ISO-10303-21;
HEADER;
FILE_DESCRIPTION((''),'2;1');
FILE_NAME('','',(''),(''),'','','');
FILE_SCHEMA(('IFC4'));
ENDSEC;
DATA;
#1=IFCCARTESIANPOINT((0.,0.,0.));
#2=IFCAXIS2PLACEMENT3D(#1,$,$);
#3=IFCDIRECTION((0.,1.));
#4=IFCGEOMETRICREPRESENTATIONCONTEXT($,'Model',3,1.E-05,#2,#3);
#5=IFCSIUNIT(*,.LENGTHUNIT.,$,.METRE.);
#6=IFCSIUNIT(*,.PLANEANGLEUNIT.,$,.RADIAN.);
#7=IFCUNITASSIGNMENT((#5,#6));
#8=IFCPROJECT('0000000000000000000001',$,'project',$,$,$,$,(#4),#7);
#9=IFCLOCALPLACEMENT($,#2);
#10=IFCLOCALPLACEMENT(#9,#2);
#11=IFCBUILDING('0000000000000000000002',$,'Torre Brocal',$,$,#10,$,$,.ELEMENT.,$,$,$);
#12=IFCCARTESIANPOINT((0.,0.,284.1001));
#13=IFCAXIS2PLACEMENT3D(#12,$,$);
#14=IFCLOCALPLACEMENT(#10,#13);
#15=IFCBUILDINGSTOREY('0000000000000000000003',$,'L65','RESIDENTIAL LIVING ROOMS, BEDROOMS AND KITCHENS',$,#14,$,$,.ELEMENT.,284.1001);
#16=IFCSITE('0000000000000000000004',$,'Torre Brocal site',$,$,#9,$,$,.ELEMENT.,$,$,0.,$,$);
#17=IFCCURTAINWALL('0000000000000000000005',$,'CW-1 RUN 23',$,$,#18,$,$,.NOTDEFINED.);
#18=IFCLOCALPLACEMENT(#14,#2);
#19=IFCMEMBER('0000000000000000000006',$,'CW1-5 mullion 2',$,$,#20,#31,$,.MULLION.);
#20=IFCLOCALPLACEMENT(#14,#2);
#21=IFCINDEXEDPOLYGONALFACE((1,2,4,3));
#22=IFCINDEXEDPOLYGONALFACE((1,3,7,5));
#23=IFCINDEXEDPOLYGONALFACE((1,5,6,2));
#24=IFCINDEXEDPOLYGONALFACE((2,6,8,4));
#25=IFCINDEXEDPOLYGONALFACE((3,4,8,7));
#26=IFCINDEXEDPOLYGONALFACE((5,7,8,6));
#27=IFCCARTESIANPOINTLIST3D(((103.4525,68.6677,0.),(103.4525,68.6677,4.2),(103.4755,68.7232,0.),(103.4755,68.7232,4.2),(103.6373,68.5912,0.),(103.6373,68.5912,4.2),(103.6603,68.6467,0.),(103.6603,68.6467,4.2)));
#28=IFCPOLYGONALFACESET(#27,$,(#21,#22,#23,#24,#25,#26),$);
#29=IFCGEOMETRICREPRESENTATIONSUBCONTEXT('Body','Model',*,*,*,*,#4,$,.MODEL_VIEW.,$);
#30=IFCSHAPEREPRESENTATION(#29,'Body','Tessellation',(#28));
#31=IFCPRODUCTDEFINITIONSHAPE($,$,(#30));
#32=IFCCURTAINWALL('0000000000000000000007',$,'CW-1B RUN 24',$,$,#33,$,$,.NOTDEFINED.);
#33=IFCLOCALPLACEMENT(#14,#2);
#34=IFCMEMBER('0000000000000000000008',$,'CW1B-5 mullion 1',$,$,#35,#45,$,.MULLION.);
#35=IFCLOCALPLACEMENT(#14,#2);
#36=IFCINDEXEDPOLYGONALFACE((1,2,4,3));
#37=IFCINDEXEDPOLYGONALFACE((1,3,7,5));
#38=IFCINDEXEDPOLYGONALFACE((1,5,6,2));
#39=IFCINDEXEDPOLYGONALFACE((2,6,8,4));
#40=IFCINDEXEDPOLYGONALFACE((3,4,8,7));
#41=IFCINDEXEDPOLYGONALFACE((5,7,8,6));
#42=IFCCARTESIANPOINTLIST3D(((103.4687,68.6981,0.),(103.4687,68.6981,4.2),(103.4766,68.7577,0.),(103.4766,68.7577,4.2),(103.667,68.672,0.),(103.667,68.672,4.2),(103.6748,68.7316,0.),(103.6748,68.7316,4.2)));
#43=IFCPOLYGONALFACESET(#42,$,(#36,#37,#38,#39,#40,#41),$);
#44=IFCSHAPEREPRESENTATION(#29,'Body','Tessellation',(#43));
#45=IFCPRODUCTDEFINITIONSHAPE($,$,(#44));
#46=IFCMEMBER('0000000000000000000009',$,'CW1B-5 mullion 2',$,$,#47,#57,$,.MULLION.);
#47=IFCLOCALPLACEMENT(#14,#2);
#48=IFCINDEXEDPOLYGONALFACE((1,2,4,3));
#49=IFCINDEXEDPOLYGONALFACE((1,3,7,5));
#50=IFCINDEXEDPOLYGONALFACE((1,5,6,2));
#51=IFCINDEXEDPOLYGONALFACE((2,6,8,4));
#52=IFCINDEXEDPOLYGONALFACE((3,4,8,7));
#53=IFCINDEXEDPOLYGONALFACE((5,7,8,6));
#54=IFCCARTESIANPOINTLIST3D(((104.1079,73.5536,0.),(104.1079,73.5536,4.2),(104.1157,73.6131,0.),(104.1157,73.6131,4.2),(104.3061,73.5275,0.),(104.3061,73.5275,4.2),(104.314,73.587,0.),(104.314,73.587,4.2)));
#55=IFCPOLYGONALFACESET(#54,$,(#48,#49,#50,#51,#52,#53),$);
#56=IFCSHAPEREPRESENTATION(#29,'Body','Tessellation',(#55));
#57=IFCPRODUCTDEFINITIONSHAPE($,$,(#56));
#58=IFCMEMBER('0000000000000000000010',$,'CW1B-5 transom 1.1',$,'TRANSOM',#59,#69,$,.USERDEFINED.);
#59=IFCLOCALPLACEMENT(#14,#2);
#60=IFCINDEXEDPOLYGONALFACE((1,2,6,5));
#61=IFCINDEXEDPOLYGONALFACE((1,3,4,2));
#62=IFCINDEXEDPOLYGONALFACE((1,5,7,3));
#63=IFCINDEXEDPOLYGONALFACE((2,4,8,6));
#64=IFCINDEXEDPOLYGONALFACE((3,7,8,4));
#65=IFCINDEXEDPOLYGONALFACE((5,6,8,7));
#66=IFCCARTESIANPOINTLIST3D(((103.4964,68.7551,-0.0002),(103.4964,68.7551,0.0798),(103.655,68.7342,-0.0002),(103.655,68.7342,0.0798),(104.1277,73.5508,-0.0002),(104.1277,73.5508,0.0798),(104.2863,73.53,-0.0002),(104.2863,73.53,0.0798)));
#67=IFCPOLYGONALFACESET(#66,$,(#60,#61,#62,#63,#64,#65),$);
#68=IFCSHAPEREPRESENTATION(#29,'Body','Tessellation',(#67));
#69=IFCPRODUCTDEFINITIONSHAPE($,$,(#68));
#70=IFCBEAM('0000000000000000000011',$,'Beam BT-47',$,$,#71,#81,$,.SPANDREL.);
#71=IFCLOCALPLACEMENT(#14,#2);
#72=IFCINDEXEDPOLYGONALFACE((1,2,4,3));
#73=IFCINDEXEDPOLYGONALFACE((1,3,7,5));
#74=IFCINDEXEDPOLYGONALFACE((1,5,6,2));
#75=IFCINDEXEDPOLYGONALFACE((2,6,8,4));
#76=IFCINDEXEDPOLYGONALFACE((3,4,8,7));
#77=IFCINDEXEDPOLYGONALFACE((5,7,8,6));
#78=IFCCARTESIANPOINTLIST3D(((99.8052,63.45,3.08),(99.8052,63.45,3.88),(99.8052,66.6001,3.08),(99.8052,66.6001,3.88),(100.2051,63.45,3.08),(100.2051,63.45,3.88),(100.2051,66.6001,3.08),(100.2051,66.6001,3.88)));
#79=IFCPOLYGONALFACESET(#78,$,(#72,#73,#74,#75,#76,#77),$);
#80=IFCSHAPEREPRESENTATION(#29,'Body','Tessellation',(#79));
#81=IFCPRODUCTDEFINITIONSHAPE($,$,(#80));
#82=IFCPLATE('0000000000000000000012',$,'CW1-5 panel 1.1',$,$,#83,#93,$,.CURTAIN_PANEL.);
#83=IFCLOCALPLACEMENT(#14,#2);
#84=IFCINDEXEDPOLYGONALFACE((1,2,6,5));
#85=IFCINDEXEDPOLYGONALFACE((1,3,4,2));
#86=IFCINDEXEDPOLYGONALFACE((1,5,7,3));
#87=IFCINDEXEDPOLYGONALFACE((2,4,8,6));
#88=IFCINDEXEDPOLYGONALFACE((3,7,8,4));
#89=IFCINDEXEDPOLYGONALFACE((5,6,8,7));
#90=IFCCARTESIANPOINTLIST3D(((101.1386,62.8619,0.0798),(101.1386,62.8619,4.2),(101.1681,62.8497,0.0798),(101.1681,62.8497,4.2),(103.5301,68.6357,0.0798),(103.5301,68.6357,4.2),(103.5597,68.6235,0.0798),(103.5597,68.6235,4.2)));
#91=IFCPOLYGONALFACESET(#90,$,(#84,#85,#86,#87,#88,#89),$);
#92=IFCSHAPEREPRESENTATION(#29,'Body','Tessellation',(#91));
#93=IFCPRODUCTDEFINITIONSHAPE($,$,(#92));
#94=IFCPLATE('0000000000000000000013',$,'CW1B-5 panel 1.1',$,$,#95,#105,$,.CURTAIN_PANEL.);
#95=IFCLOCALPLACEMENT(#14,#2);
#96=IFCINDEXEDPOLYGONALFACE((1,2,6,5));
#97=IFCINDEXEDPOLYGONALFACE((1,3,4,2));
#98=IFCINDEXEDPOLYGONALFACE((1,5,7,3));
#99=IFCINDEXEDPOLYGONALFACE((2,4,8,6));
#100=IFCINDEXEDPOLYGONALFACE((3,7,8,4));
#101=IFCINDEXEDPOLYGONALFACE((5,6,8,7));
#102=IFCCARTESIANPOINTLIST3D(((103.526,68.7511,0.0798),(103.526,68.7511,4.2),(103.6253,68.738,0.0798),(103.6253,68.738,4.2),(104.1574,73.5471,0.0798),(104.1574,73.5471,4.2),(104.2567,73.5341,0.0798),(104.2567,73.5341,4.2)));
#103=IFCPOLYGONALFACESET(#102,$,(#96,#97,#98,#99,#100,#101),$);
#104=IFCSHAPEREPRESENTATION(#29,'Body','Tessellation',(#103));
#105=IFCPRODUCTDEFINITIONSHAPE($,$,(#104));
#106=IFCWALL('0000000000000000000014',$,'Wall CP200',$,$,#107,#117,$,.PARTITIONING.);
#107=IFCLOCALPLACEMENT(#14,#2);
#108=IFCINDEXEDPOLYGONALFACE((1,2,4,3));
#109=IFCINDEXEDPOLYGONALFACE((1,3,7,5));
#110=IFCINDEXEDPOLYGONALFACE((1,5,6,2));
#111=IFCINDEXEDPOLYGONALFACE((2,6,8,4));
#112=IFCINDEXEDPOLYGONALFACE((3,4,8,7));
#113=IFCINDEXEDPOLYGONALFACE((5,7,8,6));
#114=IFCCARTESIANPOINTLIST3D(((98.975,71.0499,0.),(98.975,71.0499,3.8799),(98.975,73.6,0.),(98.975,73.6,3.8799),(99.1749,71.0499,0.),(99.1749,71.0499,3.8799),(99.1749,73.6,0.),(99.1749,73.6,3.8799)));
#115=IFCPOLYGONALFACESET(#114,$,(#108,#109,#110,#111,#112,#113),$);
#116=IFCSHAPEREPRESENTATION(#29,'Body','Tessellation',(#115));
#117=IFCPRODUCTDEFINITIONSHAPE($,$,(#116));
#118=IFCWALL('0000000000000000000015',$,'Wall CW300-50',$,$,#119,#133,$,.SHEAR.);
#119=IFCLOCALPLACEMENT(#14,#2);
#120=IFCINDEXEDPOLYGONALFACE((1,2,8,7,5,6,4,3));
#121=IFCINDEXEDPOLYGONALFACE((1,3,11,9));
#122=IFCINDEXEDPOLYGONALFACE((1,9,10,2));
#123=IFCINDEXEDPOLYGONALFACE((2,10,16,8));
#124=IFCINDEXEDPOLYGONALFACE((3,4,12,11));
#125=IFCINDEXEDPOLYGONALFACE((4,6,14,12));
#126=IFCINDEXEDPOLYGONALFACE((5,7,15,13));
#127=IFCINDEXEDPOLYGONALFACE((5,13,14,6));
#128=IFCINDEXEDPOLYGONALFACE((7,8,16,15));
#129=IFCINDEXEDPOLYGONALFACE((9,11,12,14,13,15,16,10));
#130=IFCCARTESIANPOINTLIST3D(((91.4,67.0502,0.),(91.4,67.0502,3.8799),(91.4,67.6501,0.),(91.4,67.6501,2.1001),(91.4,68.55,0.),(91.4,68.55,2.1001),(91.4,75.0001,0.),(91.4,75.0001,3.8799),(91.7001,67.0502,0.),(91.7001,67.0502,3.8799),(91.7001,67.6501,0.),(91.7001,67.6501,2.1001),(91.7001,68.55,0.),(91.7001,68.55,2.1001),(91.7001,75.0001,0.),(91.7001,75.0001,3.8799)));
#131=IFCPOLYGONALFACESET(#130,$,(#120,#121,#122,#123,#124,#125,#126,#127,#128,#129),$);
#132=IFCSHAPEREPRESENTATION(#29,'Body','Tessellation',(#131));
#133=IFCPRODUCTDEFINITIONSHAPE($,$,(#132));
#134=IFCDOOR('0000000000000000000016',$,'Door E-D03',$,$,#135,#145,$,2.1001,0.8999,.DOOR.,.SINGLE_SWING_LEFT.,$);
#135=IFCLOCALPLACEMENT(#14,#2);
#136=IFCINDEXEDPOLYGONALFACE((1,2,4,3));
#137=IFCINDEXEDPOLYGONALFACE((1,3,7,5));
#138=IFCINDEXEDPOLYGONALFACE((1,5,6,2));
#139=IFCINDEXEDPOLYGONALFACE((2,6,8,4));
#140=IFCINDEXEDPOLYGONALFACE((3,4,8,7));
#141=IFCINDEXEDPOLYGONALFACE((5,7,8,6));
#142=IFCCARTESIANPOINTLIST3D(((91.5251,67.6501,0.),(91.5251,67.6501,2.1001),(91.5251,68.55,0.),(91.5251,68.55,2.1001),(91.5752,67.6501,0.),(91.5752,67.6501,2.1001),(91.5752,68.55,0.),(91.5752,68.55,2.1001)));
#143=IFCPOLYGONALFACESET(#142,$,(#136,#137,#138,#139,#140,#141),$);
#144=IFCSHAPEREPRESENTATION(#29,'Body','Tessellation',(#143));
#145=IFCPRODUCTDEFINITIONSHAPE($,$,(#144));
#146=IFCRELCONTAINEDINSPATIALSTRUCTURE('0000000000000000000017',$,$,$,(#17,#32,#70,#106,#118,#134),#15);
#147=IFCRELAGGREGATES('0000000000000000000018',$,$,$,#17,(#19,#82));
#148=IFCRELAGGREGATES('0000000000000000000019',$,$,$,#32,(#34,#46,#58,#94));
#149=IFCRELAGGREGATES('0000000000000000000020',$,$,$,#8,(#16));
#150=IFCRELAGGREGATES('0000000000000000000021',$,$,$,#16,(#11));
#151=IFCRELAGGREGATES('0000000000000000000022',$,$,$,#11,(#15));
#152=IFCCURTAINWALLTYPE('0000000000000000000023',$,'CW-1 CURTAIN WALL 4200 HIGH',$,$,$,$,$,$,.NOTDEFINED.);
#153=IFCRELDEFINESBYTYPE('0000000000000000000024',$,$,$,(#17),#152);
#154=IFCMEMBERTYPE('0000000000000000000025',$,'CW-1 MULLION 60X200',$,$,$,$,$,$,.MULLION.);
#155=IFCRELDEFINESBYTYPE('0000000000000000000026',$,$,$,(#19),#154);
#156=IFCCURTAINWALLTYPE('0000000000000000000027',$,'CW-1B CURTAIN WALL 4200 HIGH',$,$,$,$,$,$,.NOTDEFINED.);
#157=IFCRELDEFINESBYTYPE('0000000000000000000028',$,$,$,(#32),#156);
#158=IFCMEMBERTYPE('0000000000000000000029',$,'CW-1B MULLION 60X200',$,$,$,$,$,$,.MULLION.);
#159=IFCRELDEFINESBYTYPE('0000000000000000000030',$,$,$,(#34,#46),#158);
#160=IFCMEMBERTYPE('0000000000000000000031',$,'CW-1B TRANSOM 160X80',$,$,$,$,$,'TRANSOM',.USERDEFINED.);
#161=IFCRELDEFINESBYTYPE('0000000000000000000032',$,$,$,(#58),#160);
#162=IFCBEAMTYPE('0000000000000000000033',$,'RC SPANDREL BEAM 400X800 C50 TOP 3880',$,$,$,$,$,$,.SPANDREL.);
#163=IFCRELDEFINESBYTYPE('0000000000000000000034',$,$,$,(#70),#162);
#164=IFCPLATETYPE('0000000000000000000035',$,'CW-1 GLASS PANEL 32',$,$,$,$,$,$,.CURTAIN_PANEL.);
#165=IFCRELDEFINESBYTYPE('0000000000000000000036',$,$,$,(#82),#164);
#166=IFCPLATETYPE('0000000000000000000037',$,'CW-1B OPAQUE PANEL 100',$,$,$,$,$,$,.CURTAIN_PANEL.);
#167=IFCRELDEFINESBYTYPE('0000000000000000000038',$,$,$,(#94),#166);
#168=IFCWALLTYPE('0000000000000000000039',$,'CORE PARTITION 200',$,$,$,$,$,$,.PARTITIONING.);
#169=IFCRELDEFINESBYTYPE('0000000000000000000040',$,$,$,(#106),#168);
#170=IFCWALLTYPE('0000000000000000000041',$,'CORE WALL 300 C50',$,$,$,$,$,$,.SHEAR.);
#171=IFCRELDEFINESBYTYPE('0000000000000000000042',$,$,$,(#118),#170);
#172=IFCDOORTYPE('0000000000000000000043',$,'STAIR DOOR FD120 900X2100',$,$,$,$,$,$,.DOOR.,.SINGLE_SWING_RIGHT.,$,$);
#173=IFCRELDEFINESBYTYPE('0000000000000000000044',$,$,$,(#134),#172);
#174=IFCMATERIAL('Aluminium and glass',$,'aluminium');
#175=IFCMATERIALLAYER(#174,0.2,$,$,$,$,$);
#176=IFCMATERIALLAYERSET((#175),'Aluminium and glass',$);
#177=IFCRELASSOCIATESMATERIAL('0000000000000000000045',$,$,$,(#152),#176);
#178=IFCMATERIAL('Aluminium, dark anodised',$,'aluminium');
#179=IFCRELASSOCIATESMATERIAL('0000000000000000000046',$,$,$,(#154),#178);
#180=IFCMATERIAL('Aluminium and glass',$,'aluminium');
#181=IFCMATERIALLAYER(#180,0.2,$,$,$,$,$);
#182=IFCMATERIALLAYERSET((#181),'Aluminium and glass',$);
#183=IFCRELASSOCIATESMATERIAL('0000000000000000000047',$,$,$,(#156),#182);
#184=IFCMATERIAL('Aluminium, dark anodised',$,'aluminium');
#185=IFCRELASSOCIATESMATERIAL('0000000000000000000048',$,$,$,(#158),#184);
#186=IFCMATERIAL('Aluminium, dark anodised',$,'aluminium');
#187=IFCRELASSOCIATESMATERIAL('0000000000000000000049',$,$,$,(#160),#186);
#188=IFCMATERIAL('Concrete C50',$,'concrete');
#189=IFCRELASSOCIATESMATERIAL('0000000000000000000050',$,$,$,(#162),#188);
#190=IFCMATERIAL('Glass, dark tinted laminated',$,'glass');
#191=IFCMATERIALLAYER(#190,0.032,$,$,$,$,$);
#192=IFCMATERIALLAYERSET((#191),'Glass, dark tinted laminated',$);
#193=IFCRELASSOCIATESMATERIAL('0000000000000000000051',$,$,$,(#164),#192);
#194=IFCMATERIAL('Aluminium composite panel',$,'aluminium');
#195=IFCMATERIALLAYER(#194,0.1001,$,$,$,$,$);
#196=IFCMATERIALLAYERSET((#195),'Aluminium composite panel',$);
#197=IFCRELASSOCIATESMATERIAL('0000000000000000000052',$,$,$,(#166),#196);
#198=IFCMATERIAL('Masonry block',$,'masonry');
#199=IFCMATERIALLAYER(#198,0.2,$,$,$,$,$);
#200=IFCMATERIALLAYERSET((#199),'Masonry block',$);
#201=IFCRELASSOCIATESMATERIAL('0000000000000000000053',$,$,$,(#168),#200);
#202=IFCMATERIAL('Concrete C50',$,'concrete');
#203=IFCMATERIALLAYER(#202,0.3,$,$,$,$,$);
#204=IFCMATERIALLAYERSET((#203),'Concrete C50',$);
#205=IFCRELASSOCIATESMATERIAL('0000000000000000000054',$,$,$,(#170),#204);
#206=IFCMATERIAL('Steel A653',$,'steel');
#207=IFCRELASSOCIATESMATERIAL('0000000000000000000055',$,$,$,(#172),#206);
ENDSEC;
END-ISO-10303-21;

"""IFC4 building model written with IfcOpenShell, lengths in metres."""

from ifc_helpers import new_model, si_unit, direction, frame, frame_2d, origin, origin_2d, place, context, subcontext, project, spatial, rectangle, extrude, material, layer, layer_set, material_profile, profile_set, type_object, element, fill, aggregate, save


model = new_model("IFC4")

# Units and contexts
model_context = context("Model", 3, precision=1e-05, world=origin(), true_north=direction((0.0, 1.0)))
body_context = subcontext(model_context, "Body", "Model", "MODEL_VIEW")
ifc_project = project(units=[si_unit("LENGTHUNIT", "METRE"), si_unit("PLANEANGLEUNIT", "RADIAN")], contexts=[model_context])

# Site, building, storey
site_placement = place(None, origin())
site = spatial("IfcSite", under=ifc_project, at=site_placement, Name="Torre Brocal site", CompositionType="ELEMENT", RefElevation=0.0)
building_placement = place(site_placement, origin())
building = spatial("IfcBuilding", under=site, at=building_placement, Name="Torre Brocal", CompositionType="ELEMENT")
storey_placement = place(building_placement, frame((0.0, 0.0, 284.1001)))
storey = spatial("IfcBuildingStorey", under=building, at=storey_placement, Name="L65", Description="RESIDENTIAL LIVING ROOMS, BEDROOMS AND KITCHENS", CompositionType="ELEMENT", Elevation=284.1001)

# Curtain wall, member
ifc_material_1 = material(Name="Aluminium and glass", Category="aluminium")
ifc_layer_1 = layer(ifc_material_1, 0.2)
ifc_layer_set_1 = layer_set([ifc_layer_1], Name="Aluminium and glass")
curtain_wall_type_1 = type_object("IfcCurtainWallType", Name="CW-1 CURTAIN WALL 4200 HIGH", PredefinedType="NOTDEFINED", material=ifc_layer_set_1)
curtain_wall_1_placement = place(storey_placement, origin())
curtain_wall_1 = element("IfcCurtainWall", 1, at=curtain_wall_1_placement, inside=storey, type_object=curtain_wall_type_1, Name="CW-1 RUN 23", PredefinedType="NOTDEFINED")
ifc_material_2 = material(Name="Aluminium, dark anodised", Category="aluminium")
ifc_material_profile_1 = material_profile(ifc_material_2, rectangle(XDim=0.2, YDim=0.0601, at=origin_2d()), Name="CW-1 MULLION 60X200")
ifc_profile_set_1 = profile_set([ifc_material_profile_1], Name="Aluminium, dark anodised")
member_type_1 = type_object("IfcMemberType", Name="CW-1 MULLION 60X200", PredefinedType="MULLION", material=ifc_profile_set_1)
member_1_placement = place(storey_placement, frame((103.5564, 68.6572, 0.0), z_axis=(0.0, 0.0, 1.0), x_axis=(-0.92388, 0.382683, 0.0)))
member_1 = element("IfcMember", 2, at=member_1_placement, type_object=member_type_1, Name="CW1-5 mullion 2", PredefinedType="MULLION", context=body_context, shape_type="SweptSolid", body=[
    extrude(rectangle(XDim=0.2, YDim=0.0601, at=origin_2d()), origin(), (0.0, 0.0, 1.0), 4.2),
])

# Curtain wall, members
ifc_material_3 = material(Name="Aluminium and glass", Category="aluminium")
ifc_layer_2 = layer(ifc_material_3, 0.2)
ifc_layer_set_2 = layer_set([ifc_layer_2], Name="Aluminium and glass")
curtain_wall_type_2 = type_object("IfcCurtainWallType", Name="CW-1B CURTAIN WALL 4200 HIGH", PredefinedType="NOTDEFINED", material=ifc_layer_set_2)
curtain_wall_2_placement = place(storey_placement, origin())
curtain_wall_2 = element("IfcCurtainWall", 3, at=curtain_wall_2_placement, inside=storey, type_object=curtain_wall_type_2, Name="CW-1B RUN 24", PredefinedType="NOTDEFINED")
ifc_material_4 = material(Name="Aluminium, dark anodised", Category="aluminium")
ifc_material_profile_2 = material_profile(ifc_material_4, rectangle(XDim=0.2, YDim=0.0601, at=origin_2d()), Name="CW-1B MULLION 60X200")
ifc_profile_set_2 = profile_set([ifc_material_profile_2], Name="Aluminium, dark anodised")
member_type_2 = type_object("IfcMemberType", Name="CW-1B MULLION 60X200", PredefinedType="MULLION", material=ifc_profile_set_2)
member_2_placement = place(storey_placement, frame((103.5718, 68.7148, 0.0), z_axis=(0.0, 0.0, 1.0), x_axis=(-0.991445, 0.130526, 0.0)))
member_2 = element("IfcMember", 4, at=member_2_placement, type_object=member_type_2, Name="CW1B-5 mullion 1", PredefinedType="MULLION", context=body_context, shape_type="SweptSolid", body=[
    extrude(rectangle(XDim=0.2, YDim=0.0601, at=origin_2d()), origin(), (0.0, 0.0, 1.0), 4.2),
])
member_3_placement = place(storey_placement, frame((104.2109, 73.5703, 0.0), z_axis=(0.0, 0.0, 1.0), x_axis=(-0.991445, 0.130526, 0.0)))
member_3 = element("IfcMember", 5, at=member_3_placement, type_object=member_type_2, Name="CW1B-5 mullion 2", PredefinedType="MULLION", context=body_context, shape_type="SweptSolid", body=[
    extrude(rectangle(XDim=0.2, YDim=0.0601, at=origin_2d()), origin(), (0.0, 0.0, 1.0), 4.2),
])
ifc_material_5 = material(Name="Aluminium, dark anodised", Category="aluminium")
ifc_material_profile_3 = material_profile(ifc_material_5, rectangle(XDim=0.1599, YDim=0.0801, at=origin_2d()), Name="CW-1B TRANSOM 160X80")
ifc_profile_set_3 = profile_set([ifc_material_profile_3], Name="Aluminium, dark anodised")
member_type_3 = type_object("IfcMemberType", Name="CW-1B TRANSOM 160X80", ElementType="TRANSOM", PredefinedType="USERDEFINED", material=ifc_profile_set_3)
member_4_placement = place(storey_placement, frame((103.5757, 68.7446, 0.0398), z_axis=(0.130517, 0.991446, 0.0), x_axis=(-0.991446, 0.130517, 0.0)))
member_4 = element("IfcMember", 6, at=member_4_placement, type_object=member_type_3, Name="CW1B-5 transom 1.1", ObjectType="TRANSOM", PredefinedType="USERDEFINED", context=body_context, shape_type="SweptSolid", body=[
    extrude(rectangle(XDim=0.1599, YDim=0.0801, at=origin_2d()), origin(), (0.0, 0.0, 1.0), 4.8372),
])

# Beam
ifc_material_6 = material(Name="Concrete C50", Category="concrete")
ifc_material_profile_4 = material_profile(ifc_material_6, rectangle(XDim=0.3999, YDim=0.8, at=origin_2d()), Name="RC 400X800")
ifc_profile_set_4 = profile_set([ifc_material_profile_4], Name="Concrete C50")
beam_type = type_object("IfcBeamType", Name="RC SPANDREL BEAM 400X800 C50 TOP 3880", PredefinedType="SPANDREL", material=ifc_profile_set_4)
beam_placement = place(storey_placement, frame((100.0051, 63.45, 3.48), z_axis=(0.0, 1.0, 0.0), x_axis=(-1.0, 0.0, 0.0)))
element("IfcBeam", 7, at=beam_placement, inside=storey, type_object=beam_type, Name="Beam BT-47", PredefinedType="SPANDREL", context=body_context, shape_type="SweptSolid", body=[
    extrude(rectangle(XDim=0.3999, YDim=0.8, at=origin_2d()), origin(), (0.0, 0.0, 1.0), 3.1501),
])

# Plates
ifc_material_7 = material(Name="Glass, dark tinted laminated", Category="glass")
ifc_layer_3 = layer(ifc_material_7, 0.032)
ifc_layer_set_3 = layer_set([ifc_layer_3], Name="Glass, dark tinted laminated")
plate_type_1 = type_object("IfcPlateType", Name="CW-1 GLASS PANEL 32", PredefinedType="CURTAIN_PANEL", material=ifc_layer_set_3)
plate_1_placement = place(storey_placement, frame((102.3491, 65.7427, 0.0798), z_axis=(0.0, 0.0, 1.0), x_axis=(0.382683, 0.92388, 0.0)))
plate_1 = element("IfcPlate", 8, at=plate_1_placement, type_object=plate_type_1, Name="CW1-5 panel 1.1", PredefinedType="CURTAIN_PANEL", context=body_context, shape_type="SweptSolid", body=[
    extrude(rectangle(XDim=6.2495, YDim=0.032, at=origin_2d()), origin(), (0.0, 0.0, 1.0), 4.1201),
])
aggregate(curtain_wall_1, [member_1, plate_1])
ifc_material_8 = material(Name="Aluminium composite panel", Category="aluminium")
ifc_layer_4 = layer(ifc_material_8, 0.1001)
ifc_layer_set_4 = layer_set([ifc_layer_4], Name="Aluminium composite panel")
plate_type_2 = type_object("IfcPlateType", Name="CW-1B OPAQUE PANEL 100", PredefinedType="CURTAIN_PANEL", material=ifc_layer_set_4)
plate_2_placement = place(storey_placement, frame((103.8914, 71.1426, 0.0798), z_axis=(0.0, 0.0, 1.0), x_axis=(0.130526, 0.991445, 0.0)))
plate_2 = element("IfcPlate", 9, at=plate_2_placement, type_object=plate_type_2, Name="CW1B-5 panel 1.1", PredefinedType="CURTAIN_PANEL", context=body_context, shape_type="SweptSolid", body=[
    extrude(rectangle(XDim=4.8374, YDim=0.1001, at=origin_2d()), origin(), (0.0, 0.0, 1.0), 4.1201),
])
aggregate(curtain_wall_2, [member_2, member_3, member_4, plate_2])

# Wall
ifc_material_9 = material(Name="Masonry block", Category="masonry")
ifc_layer_5 = layer(ifc_material_9, 0.2)
ifc_layer_set_5 = layer_set([ifc_layer_5], Name="Masonry block")
wall_type_1 = type_object("IfcWallType", Name="CORE PARTITION 200", PredefinedType="PARTITIONING", material=ifc_layer_set_5)
wall_1_placement = place(storey_placement, frame((99.075, 71.05, 0.0), z_axis=(0.0, 0.0, 1.0), x_axis=(0.0, 1.0, 0.0)))
element("IfcWall", 10, at=wall_1_placement, inside=storey, type_object=wall_type_1, Name="Wall CP200", PredefinedType="PARTITIONING", context=body_context, shape_type="SweptSolid", body=[
    extrude(rectangle(XDim=2.55, YDim=0.2, at=frame_2d((1.2749, 0.0))), origin(), (0.0, 0.0, 1.0), 3.8799),
])

# Wall, opening, door
ifc_material_10 = material(Name="Concrete C50", Category="concrete")
ifc_layer_6 = layer(ifc_material_10, 0.3)
ifc_layer_set_6 = layer_set([ifc_layer_6], Name="Concrete C50")
wall_type_2 = type_object("IfcWallType", Name="CORE WALL 300 C50", PredefinedType="SHEAR", material=ifc_layer_set_6)
wall_2_placement = place(storey_placement, frame((91.55, 67.05, 0.0), z_axis=(0.0, 0.0, 1.0), x_axis=(0.0, 1.0, 0.0)))
wall_2 = element("IfcWall", 11, at=wall_2_placement, inside=storey, type_object=wall_type_2, Name="Wall CW300-50", PredefinedType="SHEAR", context=body_context, shape_type="SweptSolid", body=[
    extrude(rectangle(XDim=7.95, YDim=0.3, at=frame_2d((3.9751, 0.0))), origin(), (0.0, 0.0, 1.0), 3.8799),
])
opening_1_placement = place(wall_2_placement, frame((0.6001, 0.0, 0.0)))
opening_1 = element("IfcOpeningElement", 12, at=opening_1_placement, cuts=wall_2, PredefinedType="OPENING", context=body_context, shape_type="SweptSolid", body=[
    extrude(rectangle(XDim=0.8999, YDim=2.1001, at=frame_2d((0.45, 1.05))), frame((0.0, 0.1599, 0.0), z_axis=(0.0, -1.0, 0.0), x_axis=(1.0, 0.0, 0.0)), (0.0, 0.0, 1.0), 0.3201),
])
ifc_material_11 = material(Name="Steel A653", Category="steel")
door_type_1 = type_object("IfcDoorType", Name="STAIR DOOR FD120 900X2100", OperationType="SINGLE_SWING_RIGHT", PredefinedType="DOOR", material=ifc_material_11)
door_1_placement = place(opening_1_placement, origin())
door_1 = element("IfcDoor", 13, at=door_1_placement, inside=storey, type_object=door_type_1, Name="Door E-D03", OperationType="SINGLE_SWING_LEFT", OverallHeight=2.1001, OverallWidth=0.8999, PredefinedType="DOOR", context=body_context, shape_type="SweptSolid", body=[
    extrude(rectangle(XDim=0.8999, YDim=2.1001, at=frame_2d((0.45, 1.05))), frame((0.0, 0.0249, 0.0), z_axis=(0.0, -1.0, 0.0), x_axis=(1.0, 0.0, 0.0)), (0.0, 0.0, 1.0), 0.05),
])
fill(opening_1, door_1)

save(model, "model.ifc")
